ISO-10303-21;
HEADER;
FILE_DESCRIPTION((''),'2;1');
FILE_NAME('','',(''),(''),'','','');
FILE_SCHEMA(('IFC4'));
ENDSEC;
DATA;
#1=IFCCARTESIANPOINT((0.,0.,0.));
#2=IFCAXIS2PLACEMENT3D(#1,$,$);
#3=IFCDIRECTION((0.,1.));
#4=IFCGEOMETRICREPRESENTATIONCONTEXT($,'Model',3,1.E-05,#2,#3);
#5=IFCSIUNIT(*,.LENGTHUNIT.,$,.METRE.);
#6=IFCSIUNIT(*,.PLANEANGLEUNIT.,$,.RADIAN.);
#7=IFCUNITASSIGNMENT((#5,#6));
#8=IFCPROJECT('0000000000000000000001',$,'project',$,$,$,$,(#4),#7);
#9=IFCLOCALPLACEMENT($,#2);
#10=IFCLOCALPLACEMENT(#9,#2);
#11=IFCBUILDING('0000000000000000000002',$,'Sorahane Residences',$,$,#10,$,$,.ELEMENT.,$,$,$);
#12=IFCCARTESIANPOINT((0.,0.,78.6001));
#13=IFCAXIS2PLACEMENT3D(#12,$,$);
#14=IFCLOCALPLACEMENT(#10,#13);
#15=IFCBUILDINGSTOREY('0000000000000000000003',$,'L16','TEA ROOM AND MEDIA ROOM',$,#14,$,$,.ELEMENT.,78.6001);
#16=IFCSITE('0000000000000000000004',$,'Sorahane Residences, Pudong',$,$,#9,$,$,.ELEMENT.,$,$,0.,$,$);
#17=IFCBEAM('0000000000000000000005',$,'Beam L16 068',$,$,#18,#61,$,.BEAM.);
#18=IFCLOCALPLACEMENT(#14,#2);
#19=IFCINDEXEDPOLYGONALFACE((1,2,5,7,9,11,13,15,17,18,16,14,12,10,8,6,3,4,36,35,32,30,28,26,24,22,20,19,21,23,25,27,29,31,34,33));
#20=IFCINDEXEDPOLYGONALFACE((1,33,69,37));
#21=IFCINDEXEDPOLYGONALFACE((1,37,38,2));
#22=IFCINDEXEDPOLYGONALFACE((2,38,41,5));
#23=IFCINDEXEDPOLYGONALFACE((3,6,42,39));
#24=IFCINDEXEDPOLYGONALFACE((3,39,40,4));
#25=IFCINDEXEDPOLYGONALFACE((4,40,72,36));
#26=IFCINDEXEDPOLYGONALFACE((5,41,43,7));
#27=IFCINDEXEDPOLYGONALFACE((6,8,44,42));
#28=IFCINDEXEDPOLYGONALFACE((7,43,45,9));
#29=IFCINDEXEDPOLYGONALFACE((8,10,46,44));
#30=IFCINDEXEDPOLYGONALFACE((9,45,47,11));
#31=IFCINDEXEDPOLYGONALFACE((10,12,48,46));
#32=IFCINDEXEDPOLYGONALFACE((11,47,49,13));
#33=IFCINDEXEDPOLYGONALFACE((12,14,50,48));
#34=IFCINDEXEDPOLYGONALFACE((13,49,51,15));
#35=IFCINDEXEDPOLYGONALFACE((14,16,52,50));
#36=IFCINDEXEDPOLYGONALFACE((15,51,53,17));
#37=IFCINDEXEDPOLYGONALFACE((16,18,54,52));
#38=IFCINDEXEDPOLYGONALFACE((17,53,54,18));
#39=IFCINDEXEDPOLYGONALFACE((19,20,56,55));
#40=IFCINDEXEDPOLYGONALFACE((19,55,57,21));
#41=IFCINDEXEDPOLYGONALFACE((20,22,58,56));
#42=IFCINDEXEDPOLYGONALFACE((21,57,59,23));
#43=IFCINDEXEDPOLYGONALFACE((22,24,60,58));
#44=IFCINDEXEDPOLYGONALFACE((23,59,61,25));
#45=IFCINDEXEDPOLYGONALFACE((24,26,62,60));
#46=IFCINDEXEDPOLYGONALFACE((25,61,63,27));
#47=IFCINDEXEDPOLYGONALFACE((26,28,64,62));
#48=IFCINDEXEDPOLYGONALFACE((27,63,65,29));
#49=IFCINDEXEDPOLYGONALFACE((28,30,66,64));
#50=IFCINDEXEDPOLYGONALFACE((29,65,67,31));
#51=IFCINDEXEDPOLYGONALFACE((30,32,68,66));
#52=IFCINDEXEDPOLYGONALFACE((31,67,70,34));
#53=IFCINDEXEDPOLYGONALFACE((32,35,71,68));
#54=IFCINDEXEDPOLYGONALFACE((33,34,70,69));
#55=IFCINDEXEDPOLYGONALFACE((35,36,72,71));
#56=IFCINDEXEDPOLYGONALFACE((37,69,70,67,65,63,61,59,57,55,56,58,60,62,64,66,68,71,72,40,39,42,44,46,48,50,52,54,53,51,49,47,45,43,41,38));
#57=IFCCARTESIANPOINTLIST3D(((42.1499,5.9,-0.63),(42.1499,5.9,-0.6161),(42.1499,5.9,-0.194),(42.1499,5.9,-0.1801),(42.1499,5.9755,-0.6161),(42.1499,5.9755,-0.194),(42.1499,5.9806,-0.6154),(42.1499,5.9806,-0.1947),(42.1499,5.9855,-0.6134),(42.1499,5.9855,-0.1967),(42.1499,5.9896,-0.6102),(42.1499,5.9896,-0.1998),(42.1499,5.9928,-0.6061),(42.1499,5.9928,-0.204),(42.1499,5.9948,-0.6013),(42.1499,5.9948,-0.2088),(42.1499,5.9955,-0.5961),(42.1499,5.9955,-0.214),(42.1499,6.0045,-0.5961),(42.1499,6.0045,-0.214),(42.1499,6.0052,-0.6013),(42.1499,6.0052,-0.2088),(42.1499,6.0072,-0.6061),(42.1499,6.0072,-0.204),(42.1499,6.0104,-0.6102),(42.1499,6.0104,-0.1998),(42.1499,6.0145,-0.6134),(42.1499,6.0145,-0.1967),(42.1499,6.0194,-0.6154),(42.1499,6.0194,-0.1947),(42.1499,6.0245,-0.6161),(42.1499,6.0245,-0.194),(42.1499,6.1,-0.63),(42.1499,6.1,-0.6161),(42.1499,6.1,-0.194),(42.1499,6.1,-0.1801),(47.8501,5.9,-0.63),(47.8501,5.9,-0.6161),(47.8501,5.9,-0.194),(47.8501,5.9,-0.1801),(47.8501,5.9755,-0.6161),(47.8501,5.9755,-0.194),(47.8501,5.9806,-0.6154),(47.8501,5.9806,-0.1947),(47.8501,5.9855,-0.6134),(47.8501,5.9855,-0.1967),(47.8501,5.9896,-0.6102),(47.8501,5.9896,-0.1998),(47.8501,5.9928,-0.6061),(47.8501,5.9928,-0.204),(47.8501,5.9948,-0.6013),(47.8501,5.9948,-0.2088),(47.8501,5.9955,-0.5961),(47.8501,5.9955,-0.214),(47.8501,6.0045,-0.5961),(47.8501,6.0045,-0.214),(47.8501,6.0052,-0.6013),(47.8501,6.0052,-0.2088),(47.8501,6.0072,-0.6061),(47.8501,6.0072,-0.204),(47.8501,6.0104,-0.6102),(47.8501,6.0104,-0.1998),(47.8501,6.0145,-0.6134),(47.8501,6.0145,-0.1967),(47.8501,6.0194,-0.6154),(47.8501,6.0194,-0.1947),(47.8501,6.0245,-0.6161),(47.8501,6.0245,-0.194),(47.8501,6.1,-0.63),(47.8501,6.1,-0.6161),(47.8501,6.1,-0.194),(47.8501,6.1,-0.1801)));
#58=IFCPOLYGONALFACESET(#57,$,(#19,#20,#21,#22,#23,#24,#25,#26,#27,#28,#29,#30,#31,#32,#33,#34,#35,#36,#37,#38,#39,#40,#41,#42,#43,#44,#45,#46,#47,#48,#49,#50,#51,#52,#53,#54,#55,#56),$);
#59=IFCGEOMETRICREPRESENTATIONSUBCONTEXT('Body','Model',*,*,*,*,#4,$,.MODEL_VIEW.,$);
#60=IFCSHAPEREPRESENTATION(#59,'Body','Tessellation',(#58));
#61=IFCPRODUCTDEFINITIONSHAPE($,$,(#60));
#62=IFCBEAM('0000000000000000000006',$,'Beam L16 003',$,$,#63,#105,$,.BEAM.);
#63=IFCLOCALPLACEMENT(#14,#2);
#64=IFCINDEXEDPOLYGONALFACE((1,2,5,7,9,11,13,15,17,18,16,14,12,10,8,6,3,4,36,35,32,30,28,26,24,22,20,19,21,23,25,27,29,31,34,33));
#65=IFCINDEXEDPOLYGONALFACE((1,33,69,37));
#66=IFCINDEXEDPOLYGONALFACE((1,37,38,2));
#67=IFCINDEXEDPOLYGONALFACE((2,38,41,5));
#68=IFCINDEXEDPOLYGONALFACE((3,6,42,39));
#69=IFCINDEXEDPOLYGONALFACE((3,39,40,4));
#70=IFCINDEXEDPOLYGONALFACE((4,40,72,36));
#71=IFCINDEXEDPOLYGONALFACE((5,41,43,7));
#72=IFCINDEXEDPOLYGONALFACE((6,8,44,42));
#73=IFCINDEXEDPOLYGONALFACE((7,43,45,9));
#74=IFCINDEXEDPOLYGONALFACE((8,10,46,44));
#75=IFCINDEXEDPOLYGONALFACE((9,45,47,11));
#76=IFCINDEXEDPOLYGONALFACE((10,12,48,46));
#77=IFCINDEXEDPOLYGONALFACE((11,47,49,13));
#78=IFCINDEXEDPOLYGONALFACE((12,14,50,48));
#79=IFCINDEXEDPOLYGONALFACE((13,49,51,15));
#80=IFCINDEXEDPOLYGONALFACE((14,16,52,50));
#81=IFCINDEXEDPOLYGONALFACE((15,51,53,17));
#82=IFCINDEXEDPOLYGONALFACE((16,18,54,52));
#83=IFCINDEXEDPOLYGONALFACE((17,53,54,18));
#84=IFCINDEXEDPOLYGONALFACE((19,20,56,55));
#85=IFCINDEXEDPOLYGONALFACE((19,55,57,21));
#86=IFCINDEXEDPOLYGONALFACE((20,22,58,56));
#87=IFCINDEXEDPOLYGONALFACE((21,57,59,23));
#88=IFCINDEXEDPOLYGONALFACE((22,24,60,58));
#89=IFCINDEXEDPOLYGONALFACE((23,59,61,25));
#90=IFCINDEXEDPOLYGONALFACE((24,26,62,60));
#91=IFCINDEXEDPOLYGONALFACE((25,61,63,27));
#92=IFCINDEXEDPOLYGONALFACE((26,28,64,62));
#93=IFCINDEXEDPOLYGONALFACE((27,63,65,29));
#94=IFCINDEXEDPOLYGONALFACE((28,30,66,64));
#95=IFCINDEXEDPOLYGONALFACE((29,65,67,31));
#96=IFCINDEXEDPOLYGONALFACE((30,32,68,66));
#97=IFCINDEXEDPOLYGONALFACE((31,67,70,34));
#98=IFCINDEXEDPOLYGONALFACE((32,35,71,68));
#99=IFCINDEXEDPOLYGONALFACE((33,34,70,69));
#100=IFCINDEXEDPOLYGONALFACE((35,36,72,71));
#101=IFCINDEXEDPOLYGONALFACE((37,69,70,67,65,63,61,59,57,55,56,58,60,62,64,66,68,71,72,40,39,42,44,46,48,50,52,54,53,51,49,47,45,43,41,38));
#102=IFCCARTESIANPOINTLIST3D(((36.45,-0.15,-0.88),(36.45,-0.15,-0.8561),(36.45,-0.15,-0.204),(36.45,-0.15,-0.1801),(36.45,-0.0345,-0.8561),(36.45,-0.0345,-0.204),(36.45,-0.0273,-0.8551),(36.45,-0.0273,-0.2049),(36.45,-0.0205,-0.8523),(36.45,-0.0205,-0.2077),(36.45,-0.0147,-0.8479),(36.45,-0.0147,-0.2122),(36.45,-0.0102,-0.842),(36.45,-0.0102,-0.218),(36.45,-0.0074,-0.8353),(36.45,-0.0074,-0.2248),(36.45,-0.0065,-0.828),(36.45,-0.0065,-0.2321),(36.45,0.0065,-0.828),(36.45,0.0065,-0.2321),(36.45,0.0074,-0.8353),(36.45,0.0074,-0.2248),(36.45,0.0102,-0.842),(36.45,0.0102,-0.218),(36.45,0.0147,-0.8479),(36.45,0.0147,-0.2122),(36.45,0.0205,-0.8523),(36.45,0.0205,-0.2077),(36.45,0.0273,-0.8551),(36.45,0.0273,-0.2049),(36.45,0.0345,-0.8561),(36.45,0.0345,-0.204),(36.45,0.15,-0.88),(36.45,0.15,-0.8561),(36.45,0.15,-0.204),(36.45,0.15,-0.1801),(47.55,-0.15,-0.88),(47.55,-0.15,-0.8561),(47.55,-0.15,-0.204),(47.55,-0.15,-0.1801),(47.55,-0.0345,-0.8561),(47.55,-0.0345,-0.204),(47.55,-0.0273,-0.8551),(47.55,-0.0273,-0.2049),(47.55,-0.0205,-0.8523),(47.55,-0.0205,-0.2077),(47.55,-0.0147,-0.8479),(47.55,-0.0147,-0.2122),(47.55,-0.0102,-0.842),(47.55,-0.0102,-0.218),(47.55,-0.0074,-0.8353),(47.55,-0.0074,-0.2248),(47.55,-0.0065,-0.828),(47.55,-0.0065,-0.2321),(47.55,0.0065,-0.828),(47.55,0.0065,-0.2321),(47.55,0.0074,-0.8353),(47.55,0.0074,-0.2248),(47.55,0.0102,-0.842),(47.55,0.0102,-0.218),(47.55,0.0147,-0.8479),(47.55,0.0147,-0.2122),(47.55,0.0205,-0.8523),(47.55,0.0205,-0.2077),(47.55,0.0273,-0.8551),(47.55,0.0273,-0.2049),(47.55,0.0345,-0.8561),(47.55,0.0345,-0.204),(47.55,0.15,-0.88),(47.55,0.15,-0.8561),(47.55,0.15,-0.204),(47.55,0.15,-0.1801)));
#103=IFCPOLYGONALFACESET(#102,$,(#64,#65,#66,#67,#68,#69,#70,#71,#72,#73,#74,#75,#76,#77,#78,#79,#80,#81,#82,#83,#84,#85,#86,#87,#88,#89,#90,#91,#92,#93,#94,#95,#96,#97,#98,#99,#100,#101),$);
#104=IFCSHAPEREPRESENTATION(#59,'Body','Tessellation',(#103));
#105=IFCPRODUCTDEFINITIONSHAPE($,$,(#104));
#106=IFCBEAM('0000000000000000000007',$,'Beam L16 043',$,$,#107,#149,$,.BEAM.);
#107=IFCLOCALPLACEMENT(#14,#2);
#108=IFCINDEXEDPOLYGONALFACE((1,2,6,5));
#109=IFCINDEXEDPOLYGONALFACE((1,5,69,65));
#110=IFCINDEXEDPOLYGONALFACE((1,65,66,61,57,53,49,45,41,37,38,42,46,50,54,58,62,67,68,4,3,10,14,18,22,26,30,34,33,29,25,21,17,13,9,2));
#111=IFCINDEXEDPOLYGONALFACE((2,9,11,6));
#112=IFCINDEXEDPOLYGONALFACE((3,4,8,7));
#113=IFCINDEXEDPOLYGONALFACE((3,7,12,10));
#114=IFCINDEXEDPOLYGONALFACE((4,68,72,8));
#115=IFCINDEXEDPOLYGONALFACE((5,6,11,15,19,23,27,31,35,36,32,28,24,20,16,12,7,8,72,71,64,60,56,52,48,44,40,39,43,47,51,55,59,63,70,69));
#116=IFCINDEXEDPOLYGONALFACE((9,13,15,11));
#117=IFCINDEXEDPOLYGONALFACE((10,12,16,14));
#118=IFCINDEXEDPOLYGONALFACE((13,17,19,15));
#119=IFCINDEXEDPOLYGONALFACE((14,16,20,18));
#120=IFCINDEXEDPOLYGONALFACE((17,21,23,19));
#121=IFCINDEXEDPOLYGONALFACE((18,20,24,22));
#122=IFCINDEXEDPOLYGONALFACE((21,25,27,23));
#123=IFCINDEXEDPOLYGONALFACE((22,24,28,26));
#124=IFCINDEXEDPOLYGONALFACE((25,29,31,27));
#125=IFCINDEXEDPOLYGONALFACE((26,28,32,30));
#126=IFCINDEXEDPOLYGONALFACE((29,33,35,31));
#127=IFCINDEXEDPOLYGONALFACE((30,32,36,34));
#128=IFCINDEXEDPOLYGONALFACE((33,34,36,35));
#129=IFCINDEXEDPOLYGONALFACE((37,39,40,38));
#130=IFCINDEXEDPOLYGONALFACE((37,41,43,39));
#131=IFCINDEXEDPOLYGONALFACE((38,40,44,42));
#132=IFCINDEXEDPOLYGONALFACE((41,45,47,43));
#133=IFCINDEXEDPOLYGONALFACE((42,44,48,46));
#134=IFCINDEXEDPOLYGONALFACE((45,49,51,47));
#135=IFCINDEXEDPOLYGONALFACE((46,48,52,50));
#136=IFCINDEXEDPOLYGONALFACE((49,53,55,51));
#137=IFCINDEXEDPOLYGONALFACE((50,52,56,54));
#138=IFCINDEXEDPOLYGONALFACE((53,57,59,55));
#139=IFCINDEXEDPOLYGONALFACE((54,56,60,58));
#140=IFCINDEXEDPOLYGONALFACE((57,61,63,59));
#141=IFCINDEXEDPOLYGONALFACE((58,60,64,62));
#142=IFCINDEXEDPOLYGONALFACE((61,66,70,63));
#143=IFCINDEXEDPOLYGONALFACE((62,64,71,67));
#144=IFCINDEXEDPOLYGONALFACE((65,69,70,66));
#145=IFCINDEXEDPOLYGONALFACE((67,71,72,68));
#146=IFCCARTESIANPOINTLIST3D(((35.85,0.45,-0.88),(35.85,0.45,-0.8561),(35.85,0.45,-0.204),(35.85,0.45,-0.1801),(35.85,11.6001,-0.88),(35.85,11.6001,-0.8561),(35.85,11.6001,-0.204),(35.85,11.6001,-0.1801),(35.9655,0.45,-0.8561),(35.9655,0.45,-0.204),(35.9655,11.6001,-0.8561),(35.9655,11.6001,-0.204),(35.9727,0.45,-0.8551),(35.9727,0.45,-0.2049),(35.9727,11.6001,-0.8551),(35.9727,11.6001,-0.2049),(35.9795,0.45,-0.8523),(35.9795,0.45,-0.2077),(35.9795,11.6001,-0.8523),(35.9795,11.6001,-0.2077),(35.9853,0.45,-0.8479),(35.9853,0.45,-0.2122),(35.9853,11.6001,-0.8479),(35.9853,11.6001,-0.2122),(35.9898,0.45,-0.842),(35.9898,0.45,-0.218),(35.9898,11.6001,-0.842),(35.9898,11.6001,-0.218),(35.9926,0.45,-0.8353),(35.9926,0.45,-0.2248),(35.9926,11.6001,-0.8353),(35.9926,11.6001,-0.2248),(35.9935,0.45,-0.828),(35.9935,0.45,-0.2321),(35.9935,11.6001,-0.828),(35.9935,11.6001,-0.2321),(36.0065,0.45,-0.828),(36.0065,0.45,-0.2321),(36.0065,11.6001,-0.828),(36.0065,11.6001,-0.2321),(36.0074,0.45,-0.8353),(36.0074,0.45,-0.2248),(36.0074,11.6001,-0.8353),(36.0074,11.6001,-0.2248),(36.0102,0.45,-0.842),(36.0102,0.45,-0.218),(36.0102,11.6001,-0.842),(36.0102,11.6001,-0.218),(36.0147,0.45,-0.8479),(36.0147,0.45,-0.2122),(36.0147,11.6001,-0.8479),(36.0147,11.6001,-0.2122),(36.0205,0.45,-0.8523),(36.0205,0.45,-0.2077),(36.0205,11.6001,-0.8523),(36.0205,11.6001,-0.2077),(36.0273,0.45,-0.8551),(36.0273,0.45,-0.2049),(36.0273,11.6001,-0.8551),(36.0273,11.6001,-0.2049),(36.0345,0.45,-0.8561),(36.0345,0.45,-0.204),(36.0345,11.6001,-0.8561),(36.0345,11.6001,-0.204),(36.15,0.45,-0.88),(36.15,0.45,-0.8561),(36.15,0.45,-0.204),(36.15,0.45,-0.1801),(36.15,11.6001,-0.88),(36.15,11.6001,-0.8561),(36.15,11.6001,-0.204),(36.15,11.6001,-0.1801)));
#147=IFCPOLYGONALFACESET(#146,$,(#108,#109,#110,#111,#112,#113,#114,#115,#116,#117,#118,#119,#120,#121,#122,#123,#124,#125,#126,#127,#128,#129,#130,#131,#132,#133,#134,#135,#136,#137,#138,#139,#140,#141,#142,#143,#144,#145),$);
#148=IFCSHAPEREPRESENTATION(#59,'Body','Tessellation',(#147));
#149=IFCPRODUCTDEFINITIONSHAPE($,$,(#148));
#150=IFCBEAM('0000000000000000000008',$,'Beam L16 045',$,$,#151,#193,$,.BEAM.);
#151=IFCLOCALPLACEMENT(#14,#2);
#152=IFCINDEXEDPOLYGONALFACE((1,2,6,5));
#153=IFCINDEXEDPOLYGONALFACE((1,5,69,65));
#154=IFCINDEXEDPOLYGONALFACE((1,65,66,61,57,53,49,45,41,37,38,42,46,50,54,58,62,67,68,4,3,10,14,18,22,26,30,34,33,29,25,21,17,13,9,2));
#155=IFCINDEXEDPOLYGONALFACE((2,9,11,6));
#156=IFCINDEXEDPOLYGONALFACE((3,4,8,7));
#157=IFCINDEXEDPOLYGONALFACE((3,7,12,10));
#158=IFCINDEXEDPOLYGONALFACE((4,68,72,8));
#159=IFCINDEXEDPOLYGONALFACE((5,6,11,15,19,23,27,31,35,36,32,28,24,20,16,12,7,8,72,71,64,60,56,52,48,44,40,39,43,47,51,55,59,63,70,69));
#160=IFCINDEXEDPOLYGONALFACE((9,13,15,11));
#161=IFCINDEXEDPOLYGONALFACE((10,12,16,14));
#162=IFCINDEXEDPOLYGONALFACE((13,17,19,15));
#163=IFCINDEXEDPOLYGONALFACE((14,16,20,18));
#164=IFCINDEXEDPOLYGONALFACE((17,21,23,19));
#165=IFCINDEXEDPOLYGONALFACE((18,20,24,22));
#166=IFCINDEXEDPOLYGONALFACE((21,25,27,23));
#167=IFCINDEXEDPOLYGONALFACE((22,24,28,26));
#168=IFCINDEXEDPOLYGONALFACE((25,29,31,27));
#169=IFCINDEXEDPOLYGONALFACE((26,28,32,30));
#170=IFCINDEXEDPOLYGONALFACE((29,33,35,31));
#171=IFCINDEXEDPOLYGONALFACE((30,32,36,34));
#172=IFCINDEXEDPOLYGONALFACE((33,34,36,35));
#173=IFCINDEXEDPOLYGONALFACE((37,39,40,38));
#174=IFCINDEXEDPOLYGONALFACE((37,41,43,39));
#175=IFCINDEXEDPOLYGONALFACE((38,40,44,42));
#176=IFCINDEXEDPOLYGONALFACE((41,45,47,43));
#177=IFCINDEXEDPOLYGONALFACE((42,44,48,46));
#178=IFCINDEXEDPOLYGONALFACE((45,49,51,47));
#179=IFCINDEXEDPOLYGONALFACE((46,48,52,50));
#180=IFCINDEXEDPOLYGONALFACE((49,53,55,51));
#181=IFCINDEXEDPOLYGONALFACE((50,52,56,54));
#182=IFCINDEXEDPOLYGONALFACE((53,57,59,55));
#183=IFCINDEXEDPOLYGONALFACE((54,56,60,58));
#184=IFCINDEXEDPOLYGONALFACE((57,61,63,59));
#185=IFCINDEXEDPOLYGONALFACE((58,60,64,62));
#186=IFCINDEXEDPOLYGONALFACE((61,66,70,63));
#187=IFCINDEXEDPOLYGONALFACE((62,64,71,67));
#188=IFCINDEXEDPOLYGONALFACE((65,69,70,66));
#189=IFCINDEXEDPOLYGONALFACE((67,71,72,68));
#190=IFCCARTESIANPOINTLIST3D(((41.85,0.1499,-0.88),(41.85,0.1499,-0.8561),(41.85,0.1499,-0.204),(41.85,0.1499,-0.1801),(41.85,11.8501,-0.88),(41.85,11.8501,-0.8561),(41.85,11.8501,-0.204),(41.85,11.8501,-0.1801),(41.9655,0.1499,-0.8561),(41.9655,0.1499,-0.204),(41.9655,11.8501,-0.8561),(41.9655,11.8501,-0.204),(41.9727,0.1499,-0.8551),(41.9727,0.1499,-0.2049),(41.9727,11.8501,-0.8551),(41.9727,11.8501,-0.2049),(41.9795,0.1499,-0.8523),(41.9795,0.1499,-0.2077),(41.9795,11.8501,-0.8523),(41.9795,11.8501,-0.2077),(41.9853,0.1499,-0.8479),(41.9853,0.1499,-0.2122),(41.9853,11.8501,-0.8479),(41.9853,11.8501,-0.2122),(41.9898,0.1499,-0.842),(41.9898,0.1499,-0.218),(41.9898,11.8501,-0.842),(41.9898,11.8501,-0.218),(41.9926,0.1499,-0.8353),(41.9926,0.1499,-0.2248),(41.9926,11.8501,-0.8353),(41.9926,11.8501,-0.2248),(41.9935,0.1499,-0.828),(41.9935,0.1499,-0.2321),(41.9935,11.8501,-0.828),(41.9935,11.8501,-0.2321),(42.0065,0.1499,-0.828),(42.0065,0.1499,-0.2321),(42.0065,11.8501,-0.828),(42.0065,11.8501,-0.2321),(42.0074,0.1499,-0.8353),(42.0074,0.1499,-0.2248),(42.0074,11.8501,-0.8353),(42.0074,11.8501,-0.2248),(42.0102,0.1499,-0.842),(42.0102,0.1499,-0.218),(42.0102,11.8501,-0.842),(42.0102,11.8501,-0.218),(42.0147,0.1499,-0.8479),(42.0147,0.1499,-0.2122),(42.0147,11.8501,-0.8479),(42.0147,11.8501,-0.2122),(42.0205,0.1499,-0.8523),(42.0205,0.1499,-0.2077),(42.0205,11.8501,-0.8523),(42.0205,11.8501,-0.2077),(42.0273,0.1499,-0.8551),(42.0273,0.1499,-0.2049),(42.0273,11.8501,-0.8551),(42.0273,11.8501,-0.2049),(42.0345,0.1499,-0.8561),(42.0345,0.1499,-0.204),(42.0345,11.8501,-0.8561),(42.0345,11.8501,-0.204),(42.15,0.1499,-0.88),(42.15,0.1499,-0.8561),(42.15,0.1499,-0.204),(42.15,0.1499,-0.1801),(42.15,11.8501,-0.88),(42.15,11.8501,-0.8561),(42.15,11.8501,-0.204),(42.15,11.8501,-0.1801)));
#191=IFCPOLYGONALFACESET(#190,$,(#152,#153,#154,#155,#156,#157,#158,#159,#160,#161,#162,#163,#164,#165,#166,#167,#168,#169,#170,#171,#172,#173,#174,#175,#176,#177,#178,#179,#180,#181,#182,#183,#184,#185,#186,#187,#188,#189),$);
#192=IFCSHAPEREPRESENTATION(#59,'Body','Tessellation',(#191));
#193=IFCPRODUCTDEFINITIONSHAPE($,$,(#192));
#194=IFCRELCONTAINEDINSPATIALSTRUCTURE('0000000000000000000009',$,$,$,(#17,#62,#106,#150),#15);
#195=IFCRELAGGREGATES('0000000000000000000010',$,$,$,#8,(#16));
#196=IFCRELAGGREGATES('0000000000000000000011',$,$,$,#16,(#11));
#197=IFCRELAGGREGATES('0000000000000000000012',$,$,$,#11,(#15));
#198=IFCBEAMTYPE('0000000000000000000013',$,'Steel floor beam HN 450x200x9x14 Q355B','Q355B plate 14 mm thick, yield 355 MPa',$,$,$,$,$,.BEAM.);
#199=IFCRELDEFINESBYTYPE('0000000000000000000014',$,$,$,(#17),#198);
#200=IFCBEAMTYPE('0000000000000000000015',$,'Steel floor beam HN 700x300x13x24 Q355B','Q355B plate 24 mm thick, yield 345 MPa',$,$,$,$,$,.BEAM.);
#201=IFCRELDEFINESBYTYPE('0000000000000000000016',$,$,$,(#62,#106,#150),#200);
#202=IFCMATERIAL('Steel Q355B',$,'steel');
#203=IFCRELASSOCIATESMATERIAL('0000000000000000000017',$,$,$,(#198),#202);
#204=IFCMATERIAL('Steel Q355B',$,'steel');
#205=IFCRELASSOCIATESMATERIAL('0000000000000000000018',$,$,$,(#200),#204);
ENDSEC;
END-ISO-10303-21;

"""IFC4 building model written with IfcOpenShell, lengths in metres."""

from ifc_helpers import new_model, si_unit, direction, frame, origin, origin_2d, place, context, subcontext, project, spatial, i_section, extrude, material, material_profile, profile_set, type_object, element, save


model = new_model("IFC4")

# Units and contexts
model_context = context("Model", 3, precision=1e-05, world=origin(), true_north=direction((0.0, 1.0)))
body_context = subcontext(model_context, "Body", "Model", "MODEL_VIEW")
ifc_project = project(units=[si_unit("LENGTHUNIT", "METRE"), si_unit("PLANEANGLEUNIT", "RADIAN")], contexts=[model_context])

# Site, building, storey
site_placement = place(None, origin())
site = spatial("IfcSite", under=ifc_project, at=site_placement, Name="Sorahane Residences, Pudong", CompositionType="ELEMENT", RefElevation=0.0)
building_placement = place(site_placement, origin())
building = spatial("IfcBuilding", under=site, at=building_placement, Name="Sorahane Residences", CompositionType="ELEMENT")
storey_placement = place(building_placement, frame((0.0, 0.0, 78.6001)))
storey = spatial("IfcBuildingStorey", under=building, at=storey_placement, Name="L16", Description="TEA ROOM AND MEDIA ROOM", CompositionType="ELEMENT", Elevation=78.6001)

# Beams
ifc_material_1 = material(Name="Steel Q355B", Category="steel")
ifc_material_profile_1 = material_profile(ifc_material_1, i_section(OverallWidth=0.2, OverallDepth=0.45, WebThickness=0.009, FlangeThickness=0.0139, FilletRadius=0.02, at=origin_2d()), Name="HN 450x200x9x14")
ifc_profile_set_1 = profile_set([ifc_material_profile_1], Name="Steel Q355B")
beam_type_1 = type_object("IfcBeamType", Name="Steel floor beam HN 450x200x9x14 Q355B", Description="Q355B plate 14 mm thick, yield 355 MPa", PredefinedType="BEAM", material=ifc_profile_set_1)
for number, where, z_axis, x_axis, name in (
    (1, (42.1499, 6.0, -0.405), (1.0, 0.0, 0.0), (0.0, 1.0, 0.0), "Beam L16 068"),
):
    element("IfcBeam", number, at=place(storey_placement, frame(where, z_axis=z_axis, x_axis=x_axis)), inside=storey, type_object=beam_type_1, Name=name, PredefinedType="BEAM", context=body_context, shape_type="SweptSolid", body=[
        extrude(i_section(OverallWidth=0.2, OverallDepth=0.45, WebThickness=0.009, FlangeThickness=0.0139, FilletRadius=0.02, at=origin_2d()), origin(), (0.0, 0.0, 1.0), 5.7002),
    ])
ifc_material_2 = material(Name="Steel Q355B", Category="steel")
ifc_material_profile_2 = material_profile(ifc_material_2, i_section(OverallWidth=0.3, OverallDepth=0.7, WebThickness=0.0129, FlangeThickness=0.0239, FilletRadius=0.0281, at=origin_2d()), Name="HN 700x300x13x24")
ifc_profile_set_2 = profile_set([ifc_material_profile_2], Name="Steel Q355B")
beam_type_2 = type_object("IfcBeamType", Name="Steel floor beam HN 700x300x13x24 Q355B", Description="Q355B plate 24 mm thick, yield 345 MPa", PredefinedType="BEAM", material=ifc_profile_set_2)
beam_1_placement = place(storey_placement, frame((36.45, 0.0, -0.53), z_axis=(1.0, 0.0, 0.0), x_axis=(0.0, 1.0, 0.0)))
element("IfcBeam", 2, at=beam_1_placement, inside=storey, type_object=beam_type_2, Name="Beam L16 003", PredefinedType="BEAM", context=body_context, shape_type="SweptSolid", body=[
    extrude(i_section(OverallWidth=0.3, OverallDepth=0.7, WebThickness=0.0129, FlangeThickness=0.0239, FilletRadius=0.0281, at=origin_2d()), origin(), (0.0, 0.0, 1.0), 11.1001),
])
beam_2_placement = place(storey_placement, frame((36.0, 0.45, -0.53), z_axis=(0.0, 1.0, 0.0), x_axis=(-1.0, 0.0, 0.0)))
element("IfcBeam", 3, at=beam_2_placement, inside=storey, type_object=beam_type_2, Name="Beam L16 043", PredefinedType="BEAM", context=body_context, shape_type="SweptSolid", body=[
    extrude(i_section(OverallWidth=0.3, OverallDepth=0.7, WebThickness=0.0129, FlangeThickness=0.0239, FilletRadius=0.0281, at=origin_2d()), origin(), (0.0, 0.0, 1.0), 11.1501),
])
beam_3_placement = place(storey_placement, frame((42.0, 0.1499, -0.53), z_axis=(0.0, 1.0, 0.0), x_axis=(-1.0, 0.0, 0.0)))
element("IfcBeam", 4, at=beam_3_placement, inside=storey, type_object=beam_type_2, Name="Beam L16 045", PredefinedType="BEAM", context=body_context, shape_type="SweptSolid", body=[
    extrude(i_section(OverallWidth=0.3, OverallDepth=0.7, WebThickness=0.0129, FlangeThickness=0.0239, FilletRadius=0.0281, at=origin_2d()), origin(), (0.0, 0.0, 1.0), 11.7002),
])

save(model, "model.ifc")
